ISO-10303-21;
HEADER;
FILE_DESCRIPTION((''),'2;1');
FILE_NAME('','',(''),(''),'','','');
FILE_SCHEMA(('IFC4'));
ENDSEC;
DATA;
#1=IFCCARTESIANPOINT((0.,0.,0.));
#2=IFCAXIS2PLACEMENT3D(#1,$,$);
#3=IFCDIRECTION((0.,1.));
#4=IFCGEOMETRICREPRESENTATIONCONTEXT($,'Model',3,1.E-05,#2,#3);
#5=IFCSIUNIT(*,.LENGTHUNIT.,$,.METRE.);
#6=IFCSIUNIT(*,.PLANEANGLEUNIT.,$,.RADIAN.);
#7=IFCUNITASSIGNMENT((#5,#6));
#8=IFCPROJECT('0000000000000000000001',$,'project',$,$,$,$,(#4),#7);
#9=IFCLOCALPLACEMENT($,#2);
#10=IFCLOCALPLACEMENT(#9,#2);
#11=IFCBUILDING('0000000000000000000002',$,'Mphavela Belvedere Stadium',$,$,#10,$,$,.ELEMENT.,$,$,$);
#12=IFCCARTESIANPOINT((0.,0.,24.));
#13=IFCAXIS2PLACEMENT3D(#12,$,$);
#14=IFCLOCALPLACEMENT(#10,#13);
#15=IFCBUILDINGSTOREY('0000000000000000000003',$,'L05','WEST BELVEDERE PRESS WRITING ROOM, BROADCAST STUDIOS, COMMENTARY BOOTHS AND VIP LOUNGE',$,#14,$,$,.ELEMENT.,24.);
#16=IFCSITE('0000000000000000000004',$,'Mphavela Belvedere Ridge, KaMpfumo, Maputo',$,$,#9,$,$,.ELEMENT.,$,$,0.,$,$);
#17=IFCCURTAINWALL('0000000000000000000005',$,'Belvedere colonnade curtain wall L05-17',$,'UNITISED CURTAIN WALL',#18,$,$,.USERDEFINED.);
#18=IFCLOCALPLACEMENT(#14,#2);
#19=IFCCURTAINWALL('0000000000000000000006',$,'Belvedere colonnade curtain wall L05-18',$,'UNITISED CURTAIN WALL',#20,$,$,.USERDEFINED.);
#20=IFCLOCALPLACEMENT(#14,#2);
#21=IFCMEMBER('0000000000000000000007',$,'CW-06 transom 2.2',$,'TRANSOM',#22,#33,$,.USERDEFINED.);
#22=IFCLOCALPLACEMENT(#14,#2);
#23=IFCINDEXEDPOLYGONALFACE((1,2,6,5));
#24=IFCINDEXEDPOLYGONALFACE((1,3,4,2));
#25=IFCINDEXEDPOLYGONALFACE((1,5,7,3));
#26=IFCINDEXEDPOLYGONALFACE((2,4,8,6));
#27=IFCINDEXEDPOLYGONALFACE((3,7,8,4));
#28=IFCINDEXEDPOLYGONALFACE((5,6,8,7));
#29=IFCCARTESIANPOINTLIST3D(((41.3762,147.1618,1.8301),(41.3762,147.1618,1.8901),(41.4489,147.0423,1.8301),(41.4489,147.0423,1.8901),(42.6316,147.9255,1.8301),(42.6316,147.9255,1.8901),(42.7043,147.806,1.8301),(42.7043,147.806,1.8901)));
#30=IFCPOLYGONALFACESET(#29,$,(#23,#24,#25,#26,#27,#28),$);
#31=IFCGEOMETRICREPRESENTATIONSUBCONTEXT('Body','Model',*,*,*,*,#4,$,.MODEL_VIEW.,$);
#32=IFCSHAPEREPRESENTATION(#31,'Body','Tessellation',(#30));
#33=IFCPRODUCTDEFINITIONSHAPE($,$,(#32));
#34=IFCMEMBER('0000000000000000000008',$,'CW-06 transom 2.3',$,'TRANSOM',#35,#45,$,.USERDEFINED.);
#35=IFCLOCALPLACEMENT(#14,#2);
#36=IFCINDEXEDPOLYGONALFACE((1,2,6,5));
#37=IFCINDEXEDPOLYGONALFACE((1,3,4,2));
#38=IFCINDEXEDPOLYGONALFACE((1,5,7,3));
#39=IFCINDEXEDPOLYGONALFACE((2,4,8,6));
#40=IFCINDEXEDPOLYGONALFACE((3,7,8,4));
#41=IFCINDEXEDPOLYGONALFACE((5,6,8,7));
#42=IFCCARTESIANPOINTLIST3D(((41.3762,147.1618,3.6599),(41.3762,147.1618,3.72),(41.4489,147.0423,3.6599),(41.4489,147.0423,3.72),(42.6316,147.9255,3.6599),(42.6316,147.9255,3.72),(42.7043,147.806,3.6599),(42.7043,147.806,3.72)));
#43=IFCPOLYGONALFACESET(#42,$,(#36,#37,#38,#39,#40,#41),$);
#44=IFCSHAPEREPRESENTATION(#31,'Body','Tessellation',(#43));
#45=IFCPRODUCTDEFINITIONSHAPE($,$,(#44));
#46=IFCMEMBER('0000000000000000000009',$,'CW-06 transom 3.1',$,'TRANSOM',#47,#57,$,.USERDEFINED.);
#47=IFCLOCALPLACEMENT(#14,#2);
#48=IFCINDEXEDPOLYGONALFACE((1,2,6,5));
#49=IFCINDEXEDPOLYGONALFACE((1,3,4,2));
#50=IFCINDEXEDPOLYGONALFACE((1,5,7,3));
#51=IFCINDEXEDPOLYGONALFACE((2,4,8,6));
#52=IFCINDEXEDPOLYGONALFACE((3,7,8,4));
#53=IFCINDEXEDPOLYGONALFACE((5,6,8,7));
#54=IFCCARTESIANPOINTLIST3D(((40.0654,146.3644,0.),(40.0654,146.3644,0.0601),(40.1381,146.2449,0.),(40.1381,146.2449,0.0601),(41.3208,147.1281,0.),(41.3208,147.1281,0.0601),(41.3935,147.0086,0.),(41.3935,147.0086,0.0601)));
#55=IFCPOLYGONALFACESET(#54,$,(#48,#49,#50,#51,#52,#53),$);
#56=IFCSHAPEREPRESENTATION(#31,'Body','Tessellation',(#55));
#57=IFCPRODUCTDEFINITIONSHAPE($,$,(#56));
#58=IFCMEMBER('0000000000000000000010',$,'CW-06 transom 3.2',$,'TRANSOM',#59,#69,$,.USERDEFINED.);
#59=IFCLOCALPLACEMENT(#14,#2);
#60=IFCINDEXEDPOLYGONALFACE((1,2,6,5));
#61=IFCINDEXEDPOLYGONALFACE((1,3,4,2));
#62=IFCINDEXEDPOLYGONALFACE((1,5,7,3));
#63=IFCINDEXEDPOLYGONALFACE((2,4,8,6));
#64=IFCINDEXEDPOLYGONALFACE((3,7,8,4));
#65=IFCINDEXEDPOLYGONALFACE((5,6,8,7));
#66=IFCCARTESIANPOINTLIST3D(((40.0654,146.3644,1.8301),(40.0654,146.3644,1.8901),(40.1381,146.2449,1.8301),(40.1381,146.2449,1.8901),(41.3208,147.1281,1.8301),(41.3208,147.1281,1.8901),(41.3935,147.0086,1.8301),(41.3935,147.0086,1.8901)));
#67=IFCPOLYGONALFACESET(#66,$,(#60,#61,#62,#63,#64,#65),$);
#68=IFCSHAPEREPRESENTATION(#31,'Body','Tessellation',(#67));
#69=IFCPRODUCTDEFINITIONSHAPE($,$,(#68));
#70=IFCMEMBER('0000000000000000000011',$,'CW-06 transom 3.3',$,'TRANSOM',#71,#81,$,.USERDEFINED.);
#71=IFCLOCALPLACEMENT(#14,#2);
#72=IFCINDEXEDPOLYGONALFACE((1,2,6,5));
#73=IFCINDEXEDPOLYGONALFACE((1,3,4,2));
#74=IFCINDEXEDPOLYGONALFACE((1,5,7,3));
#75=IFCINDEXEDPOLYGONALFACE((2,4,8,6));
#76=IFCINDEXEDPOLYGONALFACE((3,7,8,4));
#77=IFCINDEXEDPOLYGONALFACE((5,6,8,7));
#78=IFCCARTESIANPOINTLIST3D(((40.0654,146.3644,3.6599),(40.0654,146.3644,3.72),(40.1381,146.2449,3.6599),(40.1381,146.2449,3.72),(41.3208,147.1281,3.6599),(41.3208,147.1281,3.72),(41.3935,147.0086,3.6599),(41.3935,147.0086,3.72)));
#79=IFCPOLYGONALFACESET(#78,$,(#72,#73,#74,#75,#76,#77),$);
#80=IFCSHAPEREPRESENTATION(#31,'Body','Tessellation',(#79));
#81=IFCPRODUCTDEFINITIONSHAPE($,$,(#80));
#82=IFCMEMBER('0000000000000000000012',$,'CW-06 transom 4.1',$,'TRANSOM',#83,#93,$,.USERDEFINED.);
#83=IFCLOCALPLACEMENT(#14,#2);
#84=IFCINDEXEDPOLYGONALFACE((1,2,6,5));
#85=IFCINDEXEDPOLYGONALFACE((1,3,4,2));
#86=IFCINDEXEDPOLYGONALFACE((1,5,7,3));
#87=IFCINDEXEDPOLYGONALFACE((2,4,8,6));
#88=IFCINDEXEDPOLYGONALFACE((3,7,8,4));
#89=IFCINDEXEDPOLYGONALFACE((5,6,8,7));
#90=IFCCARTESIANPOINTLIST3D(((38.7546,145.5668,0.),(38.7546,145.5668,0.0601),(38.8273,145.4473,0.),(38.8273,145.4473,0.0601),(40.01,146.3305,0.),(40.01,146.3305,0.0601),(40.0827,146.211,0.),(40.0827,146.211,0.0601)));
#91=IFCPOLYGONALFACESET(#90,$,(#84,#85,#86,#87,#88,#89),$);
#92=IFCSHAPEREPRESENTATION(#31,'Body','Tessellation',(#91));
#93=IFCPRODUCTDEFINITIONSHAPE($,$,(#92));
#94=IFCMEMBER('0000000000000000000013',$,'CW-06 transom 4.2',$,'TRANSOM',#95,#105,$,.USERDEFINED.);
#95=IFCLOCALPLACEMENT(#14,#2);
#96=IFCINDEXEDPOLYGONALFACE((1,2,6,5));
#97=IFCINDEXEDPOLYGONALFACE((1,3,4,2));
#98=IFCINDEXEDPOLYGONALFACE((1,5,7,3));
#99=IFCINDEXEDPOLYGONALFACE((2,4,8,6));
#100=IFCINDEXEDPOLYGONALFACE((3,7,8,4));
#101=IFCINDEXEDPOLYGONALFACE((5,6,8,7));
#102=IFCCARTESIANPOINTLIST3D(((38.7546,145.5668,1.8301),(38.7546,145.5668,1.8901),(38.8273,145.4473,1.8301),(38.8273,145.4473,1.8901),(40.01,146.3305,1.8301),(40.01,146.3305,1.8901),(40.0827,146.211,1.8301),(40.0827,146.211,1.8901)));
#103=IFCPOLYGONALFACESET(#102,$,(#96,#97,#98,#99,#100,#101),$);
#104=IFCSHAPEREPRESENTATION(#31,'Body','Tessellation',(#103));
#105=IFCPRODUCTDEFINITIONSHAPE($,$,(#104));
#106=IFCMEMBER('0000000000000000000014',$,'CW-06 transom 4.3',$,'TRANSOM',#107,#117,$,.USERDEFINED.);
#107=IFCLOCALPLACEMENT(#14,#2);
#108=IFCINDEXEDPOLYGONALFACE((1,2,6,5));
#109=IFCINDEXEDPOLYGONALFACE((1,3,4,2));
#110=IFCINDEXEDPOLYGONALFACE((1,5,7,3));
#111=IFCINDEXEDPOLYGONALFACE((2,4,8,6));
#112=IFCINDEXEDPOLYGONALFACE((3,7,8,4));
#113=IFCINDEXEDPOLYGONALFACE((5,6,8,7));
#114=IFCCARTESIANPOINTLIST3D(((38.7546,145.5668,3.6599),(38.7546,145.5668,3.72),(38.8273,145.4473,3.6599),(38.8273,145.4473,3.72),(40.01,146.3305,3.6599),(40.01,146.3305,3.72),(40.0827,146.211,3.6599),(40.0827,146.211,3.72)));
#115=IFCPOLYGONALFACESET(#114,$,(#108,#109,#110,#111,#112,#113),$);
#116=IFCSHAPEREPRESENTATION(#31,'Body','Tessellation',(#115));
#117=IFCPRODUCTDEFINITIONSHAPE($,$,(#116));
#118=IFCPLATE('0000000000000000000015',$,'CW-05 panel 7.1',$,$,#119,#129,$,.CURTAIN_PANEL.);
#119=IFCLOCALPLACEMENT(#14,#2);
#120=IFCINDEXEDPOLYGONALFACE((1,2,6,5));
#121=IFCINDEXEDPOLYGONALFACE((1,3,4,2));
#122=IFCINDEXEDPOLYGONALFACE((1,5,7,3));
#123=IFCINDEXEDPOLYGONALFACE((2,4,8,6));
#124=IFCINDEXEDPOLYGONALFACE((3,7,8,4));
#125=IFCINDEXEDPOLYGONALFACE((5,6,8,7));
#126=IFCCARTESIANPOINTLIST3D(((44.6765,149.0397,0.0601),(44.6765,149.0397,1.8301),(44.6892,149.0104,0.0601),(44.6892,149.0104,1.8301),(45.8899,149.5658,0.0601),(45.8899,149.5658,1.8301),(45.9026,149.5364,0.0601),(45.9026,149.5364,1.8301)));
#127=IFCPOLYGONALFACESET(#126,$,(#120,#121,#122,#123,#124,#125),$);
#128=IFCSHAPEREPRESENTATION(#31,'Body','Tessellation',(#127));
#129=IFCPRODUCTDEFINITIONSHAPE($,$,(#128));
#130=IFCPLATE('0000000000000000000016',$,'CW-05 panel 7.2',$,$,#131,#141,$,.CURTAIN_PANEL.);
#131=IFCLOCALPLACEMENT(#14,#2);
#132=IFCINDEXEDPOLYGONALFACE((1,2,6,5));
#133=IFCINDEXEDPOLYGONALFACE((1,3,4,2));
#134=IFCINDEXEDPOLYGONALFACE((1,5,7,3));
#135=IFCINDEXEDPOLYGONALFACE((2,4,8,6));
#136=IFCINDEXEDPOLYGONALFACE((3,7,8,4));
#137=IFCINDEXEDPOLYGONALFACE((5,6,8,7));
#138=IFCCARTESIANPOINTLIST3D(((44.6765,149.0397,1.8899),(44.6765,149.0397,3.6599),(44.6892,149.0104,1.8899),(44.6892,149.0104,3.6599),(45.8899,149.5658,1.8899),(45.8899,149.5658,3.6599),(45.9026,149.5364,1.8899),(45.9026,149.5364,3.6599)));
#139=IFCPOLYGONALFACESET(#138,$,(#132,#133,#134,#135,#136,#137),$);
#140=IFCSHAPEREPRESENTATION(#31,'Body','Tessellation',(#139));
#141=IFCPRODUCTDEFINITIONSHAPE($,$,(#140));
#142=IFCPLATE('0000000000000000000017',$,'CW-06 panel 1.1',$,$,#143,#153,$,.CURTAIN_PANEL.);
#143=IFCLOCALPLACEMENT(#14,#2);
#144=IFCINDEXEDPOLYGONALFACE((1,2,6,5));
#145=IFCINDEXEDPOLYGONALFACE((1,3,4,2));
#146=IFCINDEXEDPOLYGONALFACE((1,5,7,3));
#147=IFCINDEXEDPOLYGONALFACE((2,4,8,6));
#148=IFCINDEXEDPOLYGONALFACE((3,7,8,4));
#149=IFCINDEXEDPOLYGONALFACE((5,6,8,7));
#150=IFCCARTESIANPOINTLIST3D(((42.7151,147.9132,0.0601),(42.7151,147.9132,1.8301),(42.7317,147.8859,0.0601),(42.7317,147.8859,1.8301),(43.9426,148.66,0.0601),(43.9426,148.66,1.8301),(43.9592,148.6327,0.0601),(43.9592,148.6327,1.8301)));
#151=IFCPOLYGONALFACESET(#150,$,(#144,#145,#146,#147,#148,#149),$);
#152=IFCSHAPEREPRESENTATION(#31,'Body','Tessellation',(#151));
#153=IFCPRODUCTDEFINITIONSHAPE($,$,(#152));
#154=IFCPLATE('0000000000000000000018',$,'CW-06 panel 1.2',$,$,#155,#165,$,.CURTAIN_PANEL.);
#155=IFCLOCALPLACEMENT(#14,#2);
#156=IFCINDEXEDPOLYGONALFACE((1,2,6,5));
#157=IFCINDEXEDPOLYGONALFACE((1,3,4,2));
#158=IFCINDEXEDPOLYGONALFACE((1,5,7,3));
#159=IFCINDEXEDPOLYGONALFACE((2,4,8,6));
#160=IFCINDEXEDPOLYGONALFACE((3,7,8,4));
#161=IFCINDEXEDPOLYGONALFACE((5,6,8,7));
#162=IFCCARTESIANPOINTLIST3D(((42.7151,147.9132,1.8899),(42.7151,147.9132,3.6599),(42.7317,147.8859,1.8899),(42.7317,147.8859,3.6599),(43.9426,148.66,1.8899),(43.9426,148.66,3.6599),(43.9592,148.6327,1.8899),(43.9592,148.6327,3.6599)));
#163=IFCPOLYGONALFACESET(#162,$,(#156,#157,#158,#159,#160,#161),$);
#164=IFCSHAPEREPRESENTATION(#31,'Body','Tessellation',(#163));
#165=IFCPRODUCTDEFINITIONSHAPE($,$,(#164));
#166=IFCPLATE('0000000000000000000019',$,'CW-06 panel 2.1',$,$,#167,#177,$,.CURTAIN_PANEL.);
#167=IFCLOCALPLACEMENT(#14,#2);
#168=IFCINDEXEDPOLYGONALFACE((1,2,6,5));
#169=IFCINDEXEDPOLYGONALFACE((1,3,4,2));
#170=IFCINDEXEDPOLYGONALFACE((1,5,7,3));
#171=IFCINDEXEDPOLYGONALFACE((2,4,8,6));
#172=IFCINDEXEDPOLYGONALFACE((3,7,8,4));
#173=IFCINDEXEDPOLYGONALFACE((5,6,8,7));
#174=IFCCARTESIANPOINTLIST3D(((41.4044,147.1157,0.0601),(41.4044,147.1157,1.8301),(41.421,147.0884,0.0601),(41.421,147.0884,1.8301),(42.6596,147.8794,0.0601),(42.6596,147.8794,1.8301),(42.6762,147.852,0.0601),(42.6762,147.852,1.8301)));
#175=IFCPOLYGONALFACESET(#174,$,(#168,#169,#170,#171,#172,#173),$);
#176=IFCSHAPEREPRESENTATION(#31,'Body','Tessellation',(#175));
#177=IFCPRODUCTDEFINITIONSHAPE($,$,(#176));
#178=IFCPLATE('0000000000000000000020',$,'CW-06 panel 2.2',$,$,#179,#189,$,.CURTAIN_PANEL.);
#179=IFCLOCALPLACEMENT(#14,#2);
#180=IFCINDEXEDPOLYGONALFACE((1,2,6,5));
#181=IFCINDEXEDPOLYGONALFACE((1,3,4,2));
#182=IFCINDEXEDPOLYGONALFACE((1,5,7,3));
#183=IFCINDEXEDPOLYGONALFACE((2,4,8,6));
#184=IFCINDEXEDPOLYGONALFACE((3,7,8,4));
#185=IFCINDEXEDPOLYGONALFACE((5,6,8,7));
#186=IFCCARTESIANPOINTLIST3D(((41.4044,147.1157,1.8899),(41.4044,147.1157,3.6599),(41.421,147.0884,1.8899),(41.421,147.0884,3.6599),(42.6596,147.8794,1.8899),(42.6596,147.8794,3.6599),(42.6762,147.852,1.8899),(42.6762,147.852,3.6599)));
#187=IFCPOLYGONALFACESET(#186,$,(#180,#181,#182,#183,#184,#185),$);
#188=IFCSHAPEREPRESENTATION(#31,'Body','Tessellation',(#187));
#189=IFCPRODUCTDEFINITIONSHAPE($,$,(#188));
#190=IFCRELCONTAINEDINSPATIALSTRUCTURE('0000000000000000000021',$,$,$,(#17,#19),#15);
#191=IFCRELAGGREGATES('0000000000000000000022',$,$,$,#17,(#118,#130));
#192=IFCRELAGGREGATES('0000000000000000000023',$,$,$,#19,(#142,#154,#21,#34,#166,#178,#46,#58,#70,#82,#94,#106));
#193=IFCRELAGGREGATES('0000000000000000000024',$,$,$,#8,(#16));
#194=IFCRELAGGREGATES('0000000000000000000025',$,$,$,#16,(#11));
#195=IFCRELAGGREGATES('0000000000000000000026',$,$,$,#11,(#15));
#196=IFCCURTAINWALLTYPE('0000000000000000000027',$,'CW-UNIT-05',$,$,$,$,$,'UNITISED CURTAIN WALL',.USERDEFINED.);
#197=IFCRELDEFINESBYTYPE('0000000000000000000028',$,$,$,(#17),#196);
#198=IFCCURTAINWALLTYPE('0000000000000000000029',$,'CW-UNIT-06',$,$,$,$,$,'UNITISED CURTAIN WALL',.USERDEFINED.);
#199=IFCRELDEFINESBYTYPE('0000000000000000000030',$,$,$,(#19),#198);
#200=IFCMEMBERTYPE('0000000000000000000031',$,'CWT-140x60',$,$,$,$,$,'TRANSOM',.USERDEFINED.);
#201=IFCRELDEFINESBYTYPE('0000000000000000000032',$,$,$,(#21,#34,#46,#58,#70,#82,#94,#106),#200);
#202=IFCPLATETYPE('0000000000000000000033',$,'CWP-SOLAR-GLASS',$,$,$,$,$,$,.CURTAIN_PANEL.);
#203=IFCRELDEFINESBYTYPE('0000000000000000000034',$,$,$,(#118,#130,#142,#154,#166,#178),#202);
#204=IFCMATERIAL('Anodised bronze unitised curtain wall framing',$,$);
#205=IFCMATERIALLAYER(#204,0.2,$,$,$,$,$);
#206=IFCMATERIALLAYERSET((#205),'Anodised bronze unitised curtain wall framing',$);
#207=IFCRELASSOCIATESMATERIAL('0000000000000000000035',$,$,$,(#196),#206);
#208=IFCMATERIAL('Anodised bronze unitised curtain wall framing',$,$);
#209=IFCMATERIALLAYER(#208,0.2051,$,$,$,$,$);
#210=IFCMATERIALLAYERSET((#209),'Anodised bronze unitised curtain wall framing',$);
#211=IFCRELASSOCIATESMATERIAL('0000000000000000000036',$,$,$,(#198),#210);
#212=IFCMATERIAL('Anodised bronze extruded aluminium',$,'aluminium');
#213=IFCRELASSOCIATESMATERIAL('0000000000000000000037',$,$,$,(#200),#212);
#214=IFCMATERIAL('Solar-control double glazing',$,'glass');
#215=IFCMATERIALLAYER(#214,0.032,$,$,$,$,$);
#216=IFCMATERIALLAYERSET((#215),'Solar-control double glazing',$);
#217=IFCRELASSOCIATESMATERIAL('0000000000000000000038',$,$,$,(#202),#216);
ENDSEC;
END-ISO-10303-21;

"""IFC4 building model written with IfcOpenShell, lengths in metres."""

from ifc_helpers import new_model, si_unit, direction, frame, origin, origin_2d, place, context, subcontext, project, spatial, rectangle, extrude, material, layer, layer_set, material_profile, profile_set, type_object, element, aggregate, save


model = new_model("IFC4")

# Units and contexts
model_context = context("Model", 3, precision=1e-05, world=origin(), true_north=direction((0.0, 1.0)))
body_context = subcontext(model_context, "Body", "Model", "MODEL_VIEW")
ifc_project = project(units=[si_unit("LENGTHUNIT", "METRE"), si_unit("PLANEANGLEUNIT", "RADIAN")], contexts=[model_context])

# Site, building, storey
site_placement = place(None, origin())
site = spatial("IfcSite", under=ifc_project, at=site_placement, Name="Mphavela Belvedere Ridge, KaMpfumo, Maputo", CompositionType="ELEMENT", RefElevation=0.0)
building_placement = place(site_placement, origin())
building = spatial("IfcBuilding", under=site, at=building_placement, Name="Mphavela Belvedere Stadium", CompositionType="ELEMENT")
storey_placement = place(building_placement, frame((0.0, 0.0, 24.0)))
storey = spatial("IfcBuildingStorey", under=building, at=storey_placement, Name="L05", Description="WEST BELVEDERE PRESS WRITING ROOM, BROADCAST STUDIOS, COMMENTARY BOOTHS AND VIP LOUNGE", CompositionType="ELEMENT", Elevation=24.0)

# Curtain wall
ifc_material_1 = material(Name="Anodised bronze unitised curtain wall framing")
ifc_layer_1 = layer(ifc_material_1, 0.2)
ifc_layer_set_1 = layer_set([ifc_layer_1], Name="Anodised bronze unitised curtain wall framing")
curtain_wall_type_1 = type_object("IfcCurtainWallType", Name="CW-UNIT-05", ElementType="UNITISED CURTAIN WALL", PredefinedType="USERDEFINED", material=ifc_layer_set_1)
curtain_wall_1_placement = place(storey_placement, origin())
curtain_wall_1 = element("IfcCurtainWall", 1, at=curtain_wall_1_placement, inside=storey, type_object=curtain_wall_type_1, Name="Belvedere colonnade curtain wall L05-17", ObjectType="UNITISED CURTAIN WALL", PredefinedType="USERDEFINED")

# Curtain wall
ifc_material_2 = material(Name="Anodised bronze unitised curtain wall framing")
ifc_layer_2 = layer(ifc_material_2, 0.2051)
ifc_layer_set_2 = layer_set([ifc_layer_2], Name="Anodised bronze unitised curtain wall framing")
curtain_wall_type_2 = type_object("IfcCurtainWallType", Name="CW-UNIT-06", ElementType="UNITISED CURTAIN WALL", PredefinedType="USERDEFINED", material=ifc_layer_set_2)
curtain_wall_2_placement = place(storey_placement, origin())
curtain_wall_2 = element("IfcCurtainWall", 2, at=curtain_wall_2_placement, inside=storey, type_object=curtain_wall_type_2, Name="Belvedere colonnade curtain wall L05-18", ObjectType="UNITISED CURTAIN WALL", PredefinedType="USERDEFINED")

# Members
ifc_material_3 = material(Name="Anodised bronze extruded aluminium", Category="aluminium")
ifc_material_profile_1 = material_profile(ifc_material_3, rectangle(XDim=0.1399, YDim=0.0601, at=origin_2d()), Name="CW-TRN 140x60")
ifc_profile_set_1 = profile_set([ifc_material_profile_1], Name="Anodised bronze extruded aluminium")
member_type_1 = type_object("IfcMemberType", Name="CWT-140x60", ElementType="TRANSOM", PredefinedType="USERDEFINED", material=ifc_profile_set_1)
member_1_placement = place(storey_placement, frame((42.668, 147.8657, 1.8601), z_axis=(-0.85434, -0.519715, 0.0), x_axis=(0.519715, -0.85434, 0.0)))
member_1 = element("IfcMember", 3, at=member_1_placement, type_object=member_type_1, Name="CW-06 transom 2.2", ObjectType="TRANSOM", PredefinedType="USERDEFINED", context=body_context, shape_type="SweptSolid", body=[
    extrude(rectangle(XDim=0.1399, YDim=0.0601, at=origin_2d()), origin(), (0.0, 0.0, 1.0), 1.4695),
])
member_2_placement = place(storey_placement, frame((42.668, 147.8657, 3.6899), z_axis=(-0.85434, -0.519715, 0.0), x_axis=(0.519715, -0.85434, 0.0)))
member_2 = element("IfcMember", 4, at=member_2_placement, type_object=member_type_1, Name="CW-06 transom 2.3", ObjectType="TRANSOM", PredefinedType="USERDEFINED", context=body_context, shape_type="SweptSolid", body=[
    extrude(rectangle(XDim=0.1399, YDim=0.0601, at=origin_2d()), origin(), (0.0, 0.0, 1.0), 1.4695),
])
member_3_placement = place(storey_placement, frame((41.3572, 147.0684, 0.03), z_axis=(-0.85434, -0.519715, 0.0), x_axis=(0.519715, -0.85434, 0.0)))
member_3 = element("IfcMember", 5, at=member_3_placement, type_object=member_type_1, Name="CW-06 transom 3.1", ObjectType="TRANSOM", PredefinedType="USERDEFINED", context=body_context, shape_type="SweptSolid", body=[
    extrude(rectangle(XDim=0.1399, YDim=0.0601, at=origin_2d()), origin(), (0.0, 0.0, 1.0), 1.4695),
])
member_4_placement = place(storey_placement, frame((41.3572, 147.0684, 1.8601), z_axis=(-0.85434, -0.519715, 0.0), x_axis=(0.519715, -0.85434, 0.0)))
member_4 = element("IfcMember", 6, at=member_4_placement, type_object=member_type_1, Name="CW-06 transom 3.2", ObjectType="TRANSOM", PredefinedType="USERDEFINED", context=body_context, shape_type="SweptSolid", body=[
    extrude(rectangle(XDim=0.1399, YDim=0.0601, at=origin_2d()), origin(), (0.0, 0.0, 1.0), 1.4695),
])
member_5_placement = place(storey_placement, frame((41.3572, 147.0684, 3.6899), z_axis=(-0.85434, -0.519715, 0.0), x_axis=(0.519715, -0.85434, 0.0)))
member_5 = element("IfcMember", 7, at=member_5_placement, type_object=member_type_1, Name="CW-06 transom 3.3", ObjectType="TRANSOM", PredefinedType="USERDEFINED", context=body_context, shape_type="SweptSolid", body=[
    extrude(rectangle(XDim=0.1399, YDim=0.0601, at=origin_2d()), origin(), (0.0, 0.0, 1.0), 1.4695),
])
member_6_placement = place(storey_placement, frame((40.0464, 146.2708, 0.03), z_axis=(-0.85434, -0.519715, 0.0), x_axis=(0.519715, -0.85434, 0.0)))
member_6 = element("IfcMember", 8, at=member_6_placement, type_object=member_type_1, Name="CW-06 transom 4.1", ObjectType="TRANSOM", PredefinedType="USERDEFINED", context=body_context, shape_type="SweptSolid", body=[
    extrude(rectangle(XDim=0.1399, YDim=0.0601, at=origin_2d()), origin(), (0.0, 0.0, 1.0), 1.4695),
])
member_7_placement = place(storey_placement, frame((40.0464, 146.2708, 1.8601), z_axis=(-0.85434, -0.519715, 0.0), x_axis=(0.519715, -0.85434, 0.0)))
member_7 = element("IfcMember", 9, at=member_7_placement, type_object=member_type_1, Name="CW-06 transom 4.2", ObjectType="TRANSOM", PredefinedType="USERDEFINED", context=body_context, shape_type="SweptSolid", body=[
    extrude(rectangle(XDim=0.1399, YDim=0.0601, at=origin_2d()), origin(), (0.0, 0.0, 1.0), 1.4695),
])
member_8_placement = place(storey_placement, frame((40.0464, 146.2708, 3.6899), z_axis=(-0.85434, -0.519715, 0.0), x_axis=(0.519715, -0.85434, 0.0)))
member_8 = element("IfcMember", 10, at=member_8_placement, type_object=member_type_1, Name="CW-06 transom 4.3", ObjectType="TRANSOM", PredefinedType="USERDEFINED", context=body_context, shape_type="SweptSolid", body=[
    extrude(rectangle(XDim=0.1399, YDim=0.0601, at=origin_2d()), origin(), (0.0, 0.0, 1.0), 1.4695),
])

# Plates
ifc_material_4 = material(Name="Solar-control double glazing", Category="glass")
ifc_layer_3 = layer(ifc_material_4, 0.032)
ifc_layer_set_3 = layer_set([ifc_layer_3], Name="Solar-control double glazing")
plate_type = type_object("IfcPlateType", Name="CWP-SOLAR-GLASS", PredefinedType="CURTAIN_PANEL", material=ifc_layer_set_3)
plate_1_placement = place(storey_placement, frame((45.2896, 149.2881, 0.0601), z_axis=(0.0, 0.0, 1.0), x_axis=(-0.917497, -0.397743, 0.0)))
plate_1 = element("IfcPlate", 11, at=plate_1_placement, type_object=plate_type, Name="CW-05 panel 7.1", PredefinedType="CURTAIN_PANEL", context=body_context, shape_type="SweptSolid", body=[
    extrude(rectangle(XDim=1.3225, YDim=0.032, at=origin_2d()), origin(), (0.0, 0.0, 1.0), 1.77),
])
plate_2_placement = place(storey_placement, frame((45.2896, 149.2881, 1.8899), z_axis=(0.0, 0.0, 1.0), x_axis=(-0.917497, -0.397743, 0.0)))
plate_2 = element("IfcPlate", 12, at=plate_2_placement, type_object=plate_type, Name="CW-05 panel 7.2", PredefinedType="CURTAIN_PANEL", context=body_context, shape_type="SweptSolid", body=[
    extrude(rectangle(XDim=1.3225, YDim=0.032, at=origin_2d()), origin(), (0.0, 0.0, 1.0), 1.77),
])
aggregate(curtain_wall_1, [plate_1, plate_2])
plate_3_placement = place(storey_placement, frame((43.3372, 148.2729, 0.0601), z_axis=(0.0, 0.0, 1.0), x_axis=(-0.854327, -0.519735, 0.0)))
plate_3 = element("IfcPlate", 13, at=plate_3_placement, type_object=plate_type, Name="CW-06 panel 1.1", PredefinedType="CURTAIN_PANEL", context=body_context, shape_type="SweptSolid", body=[
    extrude(rectangle(XDim=1.4368, YDim=0.032, at=origin_2d()), origin(), (0.0, 0.0, 1.0), 1.77),
])
plate_4_placement = place(storey_placement, frame((43.3372, 148.2729, 1.8899), z_axis=(0.0, 0.0, 1.0), x_axis=(-0.854327, -0.519735, 0.0)))
plate_4 = element("IfcPlate", 14, at=plate_4_placement, type_object=plate_type, Name="CW-06 panel 1.2", PredefinedType="CURTAIN_PANEL", context=body_context, shape_type="SweptSolid", body=[
    extrude(rectangle(XDim=1.4368, YDim=0.032, at=origin_2d()), origin(), (0.0, 0.0, 1.0), 1.77),
])
plate_5_placement = place(storey_placement, frame((42.0403, 147.4839, 0.0601), z_axis=(0.0, 0.0, 1.0), x_axis=(-0.854327, -0.519735, 0.0)))
plate_5 = element("IfcPlate", 15, at=plate_5_placement, type_object=plate_type, Name="CW-06 panel 2.1", PredefinedType="CURTAIN_PANEL", context=body_context, shape_type="SweptSolid", body=[
    extrude(rectangle(XDim=1.4692, YDim=0.032, at=origin_2d()), origin(), (0.0, 0.0, 1.0), 1.77),
])
plate_6_placement = place(storey_placement, frame((42.0403, 147.4839, 1.8899), z_axis=(0.0, 0.0, 1.0), x_axis=(-0.854327, -0.519735, 0.0)))
plate_6 = element("IfcPlate", 16, at=plate_6_placement, type_object=plate_type, Name="CW-06 panel 2.2", PredefinedType="CURTAIN_PANEL", context=body_context, shape_type="SweptSolid", body=[
    extrude(rectangle(XDim=1.4692, YDim=0.032, at=origin_2d()), origin(), (0.0, 0.0, 1.0), 1.77),
])
aggregate(curtain_wall_2, [plate_3, plate_4, member_1, member_2, plate_5, plate_6, member_3, member_4, member_5, member_6, member_7, member_8])

save(model, "model.ifc")
